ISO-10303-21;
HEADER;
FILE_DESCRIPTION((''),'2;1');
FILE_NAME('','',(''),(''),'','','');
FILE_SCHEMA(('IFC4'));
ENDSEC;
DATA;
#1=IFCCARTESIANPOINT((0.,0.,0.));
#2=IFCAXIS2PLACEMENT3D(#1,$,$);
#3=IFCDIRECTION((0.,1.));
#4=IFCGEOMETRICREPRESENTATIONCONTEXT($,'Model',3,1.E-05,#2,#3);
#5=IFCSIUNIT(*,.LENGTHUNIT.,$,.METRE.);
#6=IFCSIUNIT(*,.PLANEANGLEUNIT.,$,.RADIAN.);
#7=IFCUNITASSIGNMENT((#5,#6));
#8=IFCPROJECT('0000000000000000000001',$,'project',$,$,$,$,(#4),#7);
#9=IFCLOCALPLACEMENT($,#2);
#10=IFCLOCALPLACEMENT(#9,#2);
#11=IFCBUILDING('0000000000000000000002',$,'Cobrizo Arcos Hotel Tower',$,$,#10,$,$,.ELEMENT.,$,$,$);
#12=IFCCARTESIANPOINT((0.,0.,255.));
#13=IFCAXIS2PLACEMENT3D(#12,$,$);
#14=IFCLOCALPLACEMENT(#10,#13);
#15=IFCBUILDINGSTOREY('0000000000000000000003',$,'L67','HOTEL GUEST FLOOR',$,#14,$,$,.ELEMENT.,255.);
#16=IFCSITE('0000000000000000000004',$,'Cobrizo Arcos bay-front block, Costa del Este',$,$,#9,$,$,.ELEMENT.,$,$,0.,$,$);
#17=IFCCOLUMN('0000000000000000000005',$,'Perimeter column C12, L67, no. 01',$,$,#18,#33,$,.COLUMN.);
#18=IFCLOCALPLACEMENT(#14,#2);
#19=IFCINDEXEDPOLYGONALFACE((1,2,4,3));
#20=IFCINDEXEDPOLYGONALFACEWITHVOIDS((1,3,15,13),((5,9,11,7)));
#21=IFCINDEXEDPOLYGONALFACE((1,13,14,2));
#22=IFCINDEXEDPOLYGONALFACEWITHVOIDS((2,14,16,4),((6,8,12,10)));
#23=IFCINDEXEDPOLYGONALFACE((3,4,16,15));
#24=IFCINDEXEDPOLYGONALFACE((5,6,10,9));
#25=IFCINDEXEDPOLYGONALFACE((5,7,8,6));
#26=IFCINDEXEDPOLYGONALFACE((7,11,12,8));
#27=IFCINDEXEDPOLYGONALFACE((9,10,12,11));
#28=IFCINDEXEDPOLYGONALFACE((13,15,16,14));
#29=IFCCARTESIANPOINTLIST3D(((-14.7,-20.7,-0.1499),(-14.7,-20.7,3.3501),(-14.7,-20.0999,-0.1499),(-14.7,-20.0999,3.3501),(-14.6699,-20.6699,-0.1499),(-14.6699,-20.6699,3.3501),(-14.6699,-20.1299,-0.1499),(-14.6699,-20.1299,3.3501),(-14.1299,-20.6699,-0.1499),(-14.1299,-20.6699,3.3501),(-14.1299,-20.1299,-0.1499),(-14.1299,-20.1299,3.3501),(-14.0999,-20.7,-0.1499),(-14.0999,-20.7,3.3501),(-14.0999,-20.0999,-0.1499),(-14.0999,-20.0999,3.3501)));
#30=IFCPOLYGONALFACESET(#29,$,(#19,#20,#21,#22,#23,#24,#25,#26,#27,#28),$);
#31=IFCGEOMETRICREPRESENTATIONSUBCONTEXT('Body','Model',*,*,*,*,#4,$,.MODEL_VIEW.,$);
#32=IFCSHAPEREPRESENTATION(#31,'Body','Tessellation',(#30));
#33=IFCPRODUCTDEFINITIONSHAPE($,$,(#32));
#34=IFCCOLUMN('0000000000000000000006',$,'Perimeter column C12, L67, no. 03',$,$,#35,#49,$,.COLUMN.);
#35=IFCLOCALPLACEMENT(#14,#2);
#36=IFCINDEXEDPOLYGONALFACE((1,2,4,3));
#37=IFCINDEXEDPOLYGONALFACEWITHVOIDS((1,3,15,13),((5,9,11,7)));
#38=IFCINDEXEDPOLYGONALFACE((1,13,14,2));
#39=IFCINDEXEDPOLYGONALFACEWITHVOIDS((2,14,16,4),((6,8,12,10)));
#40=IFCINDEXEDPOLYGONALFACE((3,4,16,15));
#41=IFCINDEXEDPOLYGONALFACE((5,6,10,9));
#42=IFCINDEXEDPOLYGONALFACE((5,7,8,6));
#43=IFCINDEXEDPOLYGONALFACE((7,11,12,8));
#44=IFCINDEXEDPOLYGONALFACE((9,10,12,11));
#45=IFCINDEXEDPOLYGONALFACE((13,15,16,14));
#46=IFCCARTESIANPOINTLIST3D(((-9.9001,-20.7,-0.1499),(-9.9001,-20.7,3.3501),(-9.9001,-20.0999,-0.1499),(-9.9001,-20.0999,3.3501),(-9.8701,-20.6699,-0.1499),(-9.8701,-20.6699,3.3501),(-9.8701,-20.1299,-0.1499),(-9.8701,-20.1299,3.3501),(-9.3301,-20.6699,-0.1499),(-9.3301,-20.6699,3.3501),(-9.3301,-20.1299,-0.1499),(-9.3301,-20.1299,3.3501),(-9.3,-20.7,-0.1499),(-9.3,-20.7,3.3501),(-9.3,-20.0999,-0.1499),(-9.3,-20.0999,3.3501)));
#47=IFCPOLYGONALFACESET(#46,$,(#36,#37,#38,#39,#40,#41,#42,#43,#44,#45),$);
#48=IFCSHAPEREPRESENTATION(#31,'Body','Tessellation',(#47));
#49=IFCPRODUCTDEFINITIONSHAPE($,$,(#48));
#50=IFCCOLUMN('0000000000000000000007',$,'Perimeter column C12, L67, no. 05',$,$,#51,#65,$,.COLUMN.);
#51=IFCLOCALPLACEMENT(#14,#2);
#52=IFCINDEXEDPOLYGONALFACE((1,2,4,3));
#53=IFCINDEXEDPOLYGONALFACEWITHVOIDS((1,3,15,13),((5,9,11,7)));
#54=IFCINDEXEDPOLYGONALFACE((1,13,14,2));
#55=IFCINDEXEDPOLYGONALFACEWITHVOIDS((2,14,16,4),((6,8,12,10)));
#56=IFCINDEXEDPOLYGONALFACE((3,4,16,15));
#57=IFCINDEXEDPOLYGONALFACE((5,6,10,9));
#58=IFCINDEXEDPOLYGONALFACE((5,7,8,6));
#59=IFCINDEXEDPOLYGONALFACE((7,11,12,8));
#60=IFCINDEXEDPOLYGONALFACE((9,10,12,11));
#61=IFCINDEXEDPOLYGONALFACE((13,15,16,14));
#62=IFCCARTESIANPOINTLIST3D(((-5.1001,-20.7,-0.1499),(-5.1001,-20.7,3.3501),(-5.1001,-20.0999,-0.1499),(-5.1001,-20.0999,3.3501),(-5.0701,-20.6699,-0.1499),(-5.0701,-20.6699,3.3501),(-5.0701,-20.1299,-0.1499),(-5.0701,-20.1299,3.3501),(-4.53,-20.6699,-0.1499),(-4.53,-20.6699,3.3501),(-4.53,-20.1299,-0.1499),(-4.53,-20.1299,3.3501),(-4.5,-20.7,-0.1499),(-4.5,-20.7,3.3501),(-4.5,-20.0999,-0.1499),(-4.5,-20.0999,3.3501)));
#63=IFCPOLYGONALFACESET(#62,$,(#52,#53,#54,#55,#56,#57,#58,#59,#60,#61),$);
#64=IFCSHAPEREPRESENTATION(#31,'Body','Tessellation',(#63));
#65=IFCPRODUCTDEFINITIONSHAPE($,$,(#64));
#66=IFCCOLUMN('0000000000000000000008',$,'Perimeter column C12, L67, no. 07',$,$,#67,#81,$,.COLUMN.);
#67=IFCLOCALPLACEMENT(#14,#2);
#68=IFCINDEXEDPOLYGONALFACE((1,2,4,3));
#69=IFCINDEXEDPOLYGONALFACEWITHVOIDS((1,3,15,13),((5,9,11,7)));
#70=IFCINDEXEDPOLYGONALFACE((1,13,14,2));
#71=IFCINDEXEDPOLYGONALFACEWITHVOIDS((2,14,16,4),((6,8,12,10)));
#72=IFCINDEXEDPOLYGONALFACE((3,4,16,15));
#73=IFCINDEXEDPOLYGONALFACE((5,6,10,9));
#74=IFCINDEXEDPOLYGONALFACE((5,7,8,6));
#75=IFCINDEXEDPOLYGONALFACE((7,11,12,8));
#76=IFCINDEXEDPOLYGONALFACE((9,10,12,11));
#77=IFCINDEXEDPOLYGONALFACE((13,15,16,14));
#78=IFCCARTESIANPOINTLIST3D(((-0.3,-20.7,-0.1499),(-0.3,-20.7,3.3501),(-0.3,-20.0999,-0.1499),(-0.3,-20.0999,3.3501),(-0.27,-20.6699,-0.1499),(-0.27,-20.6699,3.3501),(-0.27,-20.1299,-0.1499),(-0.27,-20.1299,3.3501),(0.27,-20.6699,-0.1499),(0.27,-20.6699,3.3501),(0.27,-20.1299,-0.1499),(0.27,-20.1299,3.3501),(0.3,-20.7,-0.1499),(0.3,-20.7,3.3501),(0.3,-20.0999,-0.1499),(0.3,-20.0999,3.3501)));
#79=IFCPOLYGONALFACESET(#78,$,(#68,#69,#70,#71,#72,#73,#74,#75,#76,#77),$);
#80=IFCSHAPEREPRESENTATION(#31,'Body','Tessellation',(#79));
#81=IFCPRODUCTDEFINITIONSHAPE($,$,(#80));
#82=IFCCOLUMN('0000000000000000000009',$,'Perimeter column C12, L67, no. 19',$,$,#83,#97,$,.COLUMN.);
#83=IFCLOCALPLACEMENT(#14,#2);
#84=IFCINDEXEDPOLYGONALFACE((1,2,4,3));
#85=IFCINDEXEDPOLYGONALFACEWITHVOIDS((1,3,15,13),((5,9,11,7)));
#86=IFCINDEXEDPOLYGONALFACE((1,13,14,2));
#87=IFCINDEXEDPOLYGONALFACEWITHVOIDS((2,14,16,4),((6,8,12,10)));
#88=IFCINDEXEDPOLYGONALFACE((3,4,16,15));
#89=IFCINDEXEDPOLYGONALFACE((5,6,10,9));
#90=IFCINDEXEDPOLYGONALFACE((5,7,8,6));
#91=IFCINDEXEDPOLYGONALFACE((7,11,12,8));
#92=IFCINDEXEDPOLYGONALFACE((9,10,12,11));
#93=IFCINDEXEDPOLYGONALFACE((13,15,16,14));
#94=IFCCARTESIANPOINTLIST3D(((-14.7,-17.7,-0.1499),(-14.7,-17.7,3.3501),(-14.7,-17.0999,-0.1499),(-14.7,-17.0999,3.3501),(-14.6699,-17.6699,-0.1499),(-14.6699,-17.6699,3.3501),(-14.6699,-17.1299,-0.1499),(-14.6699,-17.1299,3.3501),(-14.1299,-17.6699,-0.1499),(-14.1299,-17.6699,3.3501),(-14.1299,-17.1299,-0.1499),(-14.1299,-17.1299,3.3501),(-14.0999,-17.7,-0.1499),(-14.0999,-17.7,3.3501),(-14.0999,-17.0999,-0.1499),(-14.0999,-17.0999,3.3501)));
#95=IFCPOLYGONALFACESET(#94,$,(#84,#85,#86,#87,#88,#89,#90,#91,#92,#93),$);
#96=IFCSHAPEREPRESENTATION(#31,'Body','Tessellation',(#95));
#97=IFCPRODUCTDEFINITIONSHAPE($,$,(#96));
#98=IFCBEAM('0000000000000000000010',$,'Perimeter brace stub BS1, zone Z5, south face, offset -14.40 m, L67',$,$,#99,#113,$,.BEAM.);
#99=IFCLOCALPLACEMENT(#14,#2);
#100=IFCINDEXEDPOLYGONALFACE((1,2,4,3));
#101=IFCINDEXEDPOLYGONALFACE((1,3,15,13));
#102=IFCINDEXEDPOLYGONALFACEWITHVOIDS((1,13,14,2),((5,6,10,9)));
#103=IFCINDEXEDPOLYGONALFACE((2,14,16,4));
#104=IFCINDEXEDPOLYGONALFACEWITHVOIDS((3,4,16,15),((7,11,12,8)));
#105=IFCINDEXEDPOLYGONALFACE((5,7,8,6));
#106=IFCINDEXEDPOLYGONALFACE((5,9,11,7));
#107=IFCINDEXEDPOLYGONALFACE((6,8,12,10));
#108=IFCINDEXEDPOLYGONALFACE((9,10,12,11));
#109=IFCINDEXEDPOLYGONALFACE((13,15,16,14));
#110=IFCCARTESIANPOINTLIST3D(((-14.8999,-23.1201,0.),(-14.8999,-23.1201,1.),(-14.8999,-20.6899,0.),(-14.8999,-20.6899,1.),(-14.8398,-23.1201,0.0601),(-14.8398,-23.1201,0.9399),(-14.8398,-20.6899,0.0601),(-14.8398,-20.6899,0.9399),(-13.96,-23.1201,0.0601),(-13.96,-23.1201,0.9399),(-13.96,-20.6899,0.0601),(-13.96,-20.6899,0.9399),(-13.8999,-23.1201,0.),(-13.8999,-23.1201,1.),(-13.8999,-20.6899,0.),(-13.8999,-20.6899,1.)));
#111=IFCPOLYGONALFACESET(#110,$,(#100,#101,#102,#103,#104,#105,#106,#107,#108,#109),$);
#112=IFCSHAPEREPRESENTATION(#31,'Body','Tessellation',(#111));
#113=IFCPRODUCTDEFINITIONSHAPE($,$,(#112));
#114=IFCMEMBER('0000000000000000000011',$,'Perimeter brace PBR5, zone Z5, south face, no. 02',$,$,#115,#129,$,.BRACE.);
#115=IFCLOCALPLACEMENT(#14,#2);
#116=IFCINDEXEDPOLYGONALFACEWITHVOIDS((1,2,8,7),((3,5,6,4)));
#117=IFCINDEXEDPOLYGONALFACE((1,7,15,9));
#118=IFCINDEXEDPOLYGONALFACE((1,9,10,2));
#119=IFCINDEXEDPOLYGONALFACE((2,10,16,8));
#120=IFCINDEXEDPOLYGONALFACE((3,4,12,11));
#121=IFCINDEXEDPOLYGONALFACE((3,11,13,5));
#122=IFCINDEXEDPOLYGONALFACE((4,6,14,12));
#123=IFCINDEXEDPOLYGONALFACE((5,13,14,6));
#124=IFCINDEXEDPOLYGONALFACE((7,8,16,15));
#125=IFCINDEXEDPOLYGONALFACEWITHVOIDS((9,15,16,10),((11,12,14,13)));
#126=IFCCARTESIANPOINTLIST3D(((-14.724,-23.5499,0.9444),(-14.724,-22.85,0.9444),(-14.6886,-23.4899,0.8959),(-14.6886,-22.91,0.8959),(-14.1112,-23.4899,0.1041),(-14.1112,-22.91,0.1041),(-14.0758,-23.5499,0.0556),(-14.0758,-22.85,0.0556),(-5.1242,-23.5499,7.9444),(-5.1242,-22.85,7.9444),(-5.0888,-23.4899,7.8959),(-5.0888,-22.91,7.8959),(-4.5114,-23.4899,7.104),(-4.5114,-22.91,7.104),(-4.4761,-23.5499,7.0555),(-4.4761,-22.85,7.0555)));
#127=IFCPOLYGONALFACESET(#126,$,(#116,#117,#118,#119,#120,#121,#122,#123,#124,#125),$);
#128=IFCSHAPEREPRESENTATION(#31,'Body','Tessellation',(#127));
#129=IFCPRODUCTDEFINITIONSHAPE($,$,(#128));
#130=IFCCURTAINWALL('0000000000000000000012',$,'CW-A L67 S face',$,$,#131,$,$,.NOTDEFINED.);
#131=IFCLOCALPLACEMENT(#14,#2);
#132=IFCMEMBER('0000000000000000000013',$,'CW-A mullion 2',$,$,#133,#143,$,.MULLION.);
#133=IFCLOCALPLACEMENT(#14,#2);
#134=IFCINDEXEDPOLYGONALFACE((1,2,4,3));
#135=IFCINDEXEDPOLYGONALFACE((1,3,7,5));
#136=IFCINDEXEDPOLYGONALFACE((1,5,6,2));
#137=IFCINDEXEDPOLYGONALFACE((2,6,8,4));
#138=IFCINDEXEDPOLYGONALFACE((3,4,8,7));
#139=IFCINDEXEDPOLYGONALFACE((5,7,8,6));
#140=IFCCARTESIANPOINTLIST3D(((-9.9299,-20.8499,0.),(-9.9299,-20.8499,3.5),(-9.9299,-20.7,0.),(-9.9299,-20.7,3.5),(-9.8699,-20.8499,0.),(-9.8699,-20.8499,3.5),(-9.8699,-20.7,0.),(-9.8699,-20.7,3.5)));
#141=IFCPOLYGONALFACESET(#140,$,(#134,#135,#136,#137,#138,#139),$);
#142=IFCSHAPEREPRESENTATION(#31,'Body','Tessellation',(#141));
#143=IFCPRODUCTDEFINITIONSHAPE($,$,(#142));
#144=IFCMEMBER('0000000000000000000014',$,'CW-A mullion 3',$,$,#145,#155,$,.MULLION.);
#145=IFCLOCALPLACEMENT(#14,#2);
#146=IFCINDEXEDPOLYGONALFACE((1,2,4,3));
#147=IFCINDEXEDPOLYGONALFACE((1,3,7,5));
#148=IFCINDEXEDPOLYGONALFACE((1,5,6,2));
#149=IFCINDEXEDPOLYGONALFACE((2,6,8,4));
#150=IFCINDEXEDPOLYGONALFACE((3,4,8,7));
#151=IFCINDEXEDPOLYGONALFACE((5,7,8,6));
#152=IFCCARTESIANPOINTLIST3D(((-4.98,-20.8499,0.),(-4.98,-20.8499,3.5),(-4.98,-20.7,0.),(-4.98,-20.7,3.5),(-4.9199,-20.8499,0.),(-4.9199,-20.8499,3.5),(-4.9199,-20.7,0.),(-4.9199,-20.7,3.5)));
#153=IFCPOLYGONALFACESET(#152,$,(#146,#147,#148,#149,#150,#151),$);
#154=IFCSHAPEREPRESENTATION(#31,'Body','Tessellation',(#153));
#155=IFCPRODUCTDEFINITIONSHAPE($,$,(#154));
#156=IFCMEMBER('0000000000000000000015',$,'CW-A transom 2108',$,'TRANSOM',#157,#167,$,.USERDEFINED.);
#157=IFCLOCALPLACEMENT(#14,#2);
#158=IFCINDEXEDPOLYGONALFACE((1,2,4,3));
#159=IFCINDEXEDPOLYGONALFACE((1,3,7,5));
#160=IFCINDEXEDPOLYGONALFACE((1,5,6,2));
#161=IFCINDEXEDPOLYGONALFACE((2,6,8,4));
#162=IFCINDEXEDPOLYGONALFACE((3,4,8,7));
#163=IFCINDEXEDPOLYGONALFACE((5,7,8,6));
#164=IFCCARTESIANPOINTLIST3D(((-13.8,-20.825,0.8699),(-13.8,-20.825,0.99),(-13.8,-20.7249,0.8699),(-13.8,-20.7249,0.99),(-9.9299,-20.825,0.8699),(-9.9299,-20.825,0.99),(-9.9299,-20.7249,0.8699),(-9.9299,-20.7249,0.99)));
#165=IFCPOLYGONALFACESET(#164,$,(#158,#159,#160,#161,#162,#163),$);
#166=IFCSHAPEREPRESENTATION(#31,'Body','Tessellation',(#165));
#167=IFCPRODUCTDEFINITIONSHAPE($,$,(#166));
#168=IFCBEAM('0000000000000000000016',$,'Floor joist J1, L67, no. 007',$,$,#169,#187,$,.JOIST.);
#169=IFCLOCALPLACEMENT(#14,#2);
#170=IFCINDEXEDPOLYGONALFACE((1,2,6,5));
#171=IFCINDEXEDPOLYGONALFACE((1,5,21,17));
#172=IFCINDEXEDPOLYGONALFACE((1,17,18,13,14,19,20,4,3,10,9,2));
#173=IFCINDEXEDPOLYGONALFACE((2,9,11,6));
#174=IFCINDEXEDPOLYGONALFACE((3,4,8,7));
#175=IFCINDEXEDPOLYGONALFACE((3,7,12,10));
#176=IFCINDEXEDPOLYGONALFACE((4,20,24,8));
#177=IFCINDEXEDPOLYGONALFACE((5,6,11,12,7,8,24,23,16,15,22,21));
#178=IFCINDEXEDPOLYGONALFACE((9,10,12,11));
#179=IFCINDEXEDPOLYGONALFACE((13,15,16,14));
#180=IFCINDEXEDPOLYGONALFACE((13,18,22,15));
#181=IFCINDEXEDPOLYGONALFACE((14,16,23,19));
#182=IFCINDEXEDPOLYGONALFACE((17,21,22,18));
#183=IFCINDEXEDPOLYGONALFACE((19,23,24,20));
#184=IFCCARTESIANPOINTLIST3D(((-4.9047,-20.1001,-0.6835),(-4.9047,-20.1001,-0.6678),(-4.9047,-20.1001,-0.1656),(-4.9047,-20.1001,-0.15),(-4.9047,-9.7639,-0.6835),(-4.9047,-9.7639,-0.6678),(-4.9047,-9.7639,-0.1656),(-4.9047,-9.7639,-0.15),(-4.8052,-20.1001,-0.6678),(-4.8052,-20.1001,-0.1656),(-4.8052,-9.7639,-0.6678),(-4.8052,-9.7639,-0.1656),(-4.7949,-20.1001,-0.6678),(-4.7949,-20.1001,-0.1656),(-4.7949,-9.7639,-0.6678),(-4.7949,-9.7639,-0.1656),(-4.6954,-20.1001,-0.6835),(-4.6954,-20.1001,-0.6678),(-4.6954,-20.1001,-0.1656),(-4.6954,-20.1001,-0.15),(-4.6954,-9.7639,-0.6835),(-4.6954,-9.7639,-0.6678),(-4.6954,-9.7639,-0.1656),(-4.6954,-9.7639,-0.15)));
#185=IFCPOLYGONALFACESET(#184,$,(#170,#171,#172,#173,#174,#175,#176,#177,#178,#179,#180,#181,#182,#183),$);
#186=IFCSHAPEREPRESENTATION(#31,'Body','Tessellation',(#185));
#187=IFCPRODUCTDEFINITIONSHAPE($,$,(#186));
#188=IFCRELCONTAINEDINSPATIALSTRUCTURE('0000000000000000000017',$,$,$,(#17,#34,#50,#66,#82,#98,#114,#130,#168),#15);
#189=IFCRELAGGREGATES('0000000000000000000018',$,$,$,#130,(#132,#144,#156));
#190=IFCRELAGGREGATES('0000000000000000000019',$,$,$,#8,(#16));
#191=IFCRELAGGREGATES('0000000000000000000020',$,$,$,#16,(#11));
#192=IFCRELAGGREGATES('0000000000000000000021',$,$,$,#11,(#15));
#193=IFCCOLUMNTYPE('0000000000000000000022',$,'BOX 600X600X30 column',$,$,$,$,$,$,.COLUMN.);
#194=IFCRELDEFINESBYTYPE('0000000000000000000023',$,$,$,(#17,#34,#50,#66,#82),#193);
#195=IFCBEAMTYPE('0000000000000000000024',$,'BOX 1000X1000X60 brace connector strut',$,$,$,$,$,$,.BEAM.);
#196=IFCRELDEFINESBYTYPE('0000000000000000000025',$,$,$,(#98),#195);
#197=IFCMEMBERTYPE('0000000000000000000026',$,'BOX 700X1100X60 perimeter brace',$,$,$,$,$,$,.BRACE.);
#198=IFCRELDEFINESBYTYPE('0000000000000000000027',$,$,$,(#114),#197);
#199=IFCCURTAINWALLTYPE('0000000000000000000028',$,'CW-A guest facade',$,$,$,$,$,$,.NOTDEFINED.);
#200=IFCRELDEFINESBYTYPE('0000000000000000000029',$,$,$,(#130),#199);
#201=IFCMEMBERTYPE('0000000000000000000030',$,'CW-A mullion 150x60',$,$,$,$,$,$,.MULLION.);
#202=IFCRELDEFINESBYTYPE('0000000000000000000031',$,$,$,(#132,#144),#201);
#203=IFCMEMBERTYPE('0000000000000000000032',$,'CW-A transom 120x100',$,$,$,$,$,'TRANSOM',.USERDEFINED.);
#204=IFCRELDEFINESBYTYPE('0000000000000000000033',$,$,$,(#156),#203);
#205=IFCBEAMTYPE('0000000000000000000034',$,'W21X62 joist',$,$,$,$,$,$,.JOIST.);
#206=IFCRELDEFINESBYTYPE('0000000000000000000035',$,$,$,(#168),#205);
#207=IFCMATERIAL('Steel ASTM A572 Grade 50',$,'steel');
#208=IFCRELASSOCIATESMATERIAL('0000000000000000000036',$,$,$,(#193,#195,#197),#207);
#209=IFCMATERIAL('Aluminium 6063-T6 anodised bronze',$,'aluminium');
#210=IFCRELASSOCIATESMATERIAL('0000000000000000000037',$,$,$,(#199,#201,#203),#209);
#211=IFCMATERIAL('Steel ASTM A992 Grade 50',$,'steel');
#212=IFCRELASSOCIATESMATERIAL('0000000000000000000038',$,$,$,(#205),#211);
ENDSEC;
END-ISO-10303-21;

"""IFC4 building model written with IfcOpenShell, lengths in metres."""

from ifc_helpers import new_model, si_unit, direction, frame, origin, origin_2d, place, context, subcontext, project, spatial, rectangle, hollow_rectangle, i_section, extrude, material, material_profile, profile_set, type_object, element, aggregate, save


model = new_model("IFC4")

# Units and contexts
model_context = context("Model", 3, precision=1e-05, world=origin(), true_north=direction((0.0, 1.0)))
body_context = subcontext(model_context, "Body", "Model", "MODEL_VIEW")
ifc_project = project(units=[si_unit("LENGTHUNIT", "METRE"), si_unit("PLANEANGLEUNIT", "RADIAN")], contexts=[model_context])

# Site, building, storey
site_placement = place(None, origin())
site = spatial("IfcSite", under=ifc_project, at=site_placement, Name="Cobrizo Arcos bay-front block, Costa del Este", CompositionType="ELEMENT", RefElevation=0.0)
building_placement = place(site_placement, origin())
building = spatial("IfcBuilding", under=site, at=building_placement, Name="Cobrizo Arcos Hotel Tower", CompositionType="ELEMENT")
storey_placement = place(building_placement, frame((0.0, 0.0, 255.0)))
storey = spatial("IfcBuildingStorey", under=building, at=storey_placement, Name="L67", Description="HOTEL GUEST FLOOR", CompositionType="ELEMENT", Elevation=255.0)

# Columns
ifc_material_1 = material(Name="Steel ASTM A572 Grade 50", Category="steel")
ifc_material_profile_1 = material_profile(ifc_material_1, hollow_rectangle(XDim=0.6001, YDim=0.6001, WallThickness=0.03, at=origin_2d()), Name="BOX 600X600X30")
ifc_profile_set_1 = profile_set([ifc_material_profile_1], Name="Steel ASTM A572 Grade 50")
column_type = type_object("IfcColumnType", Name="BOX 600X600X30 column", PredefinedType="COLUMN", material=ifc_profile_set_1)
for number, where, z_axis, x_axis, name in (
    (1, (-14.3999, -20.3999, -0.1499), (0.0, 0.0, 1.0), (1.0, 0.0, 0.0), "Perimeter column C12, L67, no. 01"),
    (2, (-9.6001, -20.3999, -0.1499), (0.0, 0.0, 1.0), (1.0, 0.0, 0.0), "Perimeter column C12, L67, no. 03"),
    (3, (-4.8, -20.3999, -0.1499), (0.0, 0.0, 1.0), (1.0, 0.0, 0.0), "Perimeter column C12, L67, no. 05"),
    (4, (0.0, -20.3999, -0.1499), (0.0, 0.0, 1.0), (1.0, 0.0, 0.0), "Perimeter column C12, L67, no. 07"),
    (5, (-14.3999, -17.3999, -0.1499), (0.0, 0.0, 1.0), (1.0, 0.0, 0.0), "Perimeter column C12, L67, no. 19"),
):
    element("IfcColumn", number, at=place(storey_placement, frame(where, z_axis=z_axis, x_axis=x_axis)), inside=storey, type_object=column_type, Name=name, PredefinedType="COLUMN", context=body_context, shape_type="SweptSolid", body=[
        extrude(hollow_rectangle(XDim=0.6001, YDim=0.6001, WallThickness=0.03, at=origin_2d()), origin(), (0.0, 0.0, 1.0), 3.5),
    ])

# Beam
ifc_material_profile_2 = material_profile(ifc_material_1, hollow_rectangle(XDim=1.0, YDim=1.0, WallThickness=0.0601, at=origin_2d()), Name="BOX 1000X1000X60")
ifc_profile_set_2 = profile_set([ifc_material_profile_2], Name="Steel ASTM A572 Grade 50")
beam_type_1 = type_object("IfcBeamType", Name="BOX 1000X1000X60 brace connector strut", PredefinedType="BEAM", material=ifc_profile_set_2)
beam_1_placement = place(storey_placement, frame((-14.3999, -20.6899, 0.5), z_axis=(0.0, -1.0, 0.0), x_axis=(1.0, 0.0, 0.0)))
element("IfcBeam", 6, at=beam_1_placement, inside=storey, type_object=beam_type_1, Name="Perimeter brace stub BS1, zone Z5, south face, offset -14.40 m, L67", PredefinedType="BEAM", context=body_context, shape_type="SweptSolid", body=[
    extrude(hollow_rectangle(XDim=1.0, YDim=1.0, WallThickness=0.0601, at=origin_2d()), origin(), (0.0, 0.0, 1.0), 2.4302),
])

# Member
ifc_material_profile_3 = material_profile(ifc_material_1, hollow_rectangle(XDim=0.7, YDim=1.1001, WallThickness=0.0601, at=origin_2d()), Name="BOX 700X1100X60")
ifc_profile_set_3 = profile_set([ifc_material_profile_3], Name="Steel ASTM A572 Grade 50")
member_type_1 = type_object("IfcMemberType", Name="BOX 700X1100X60 perimeter brace", PredefinedType="BRACE", material=ifc_profile_set_3)
member_1_placement = place(storey_placement, frame((-14.3999, -23.2, 0.5), z_axis=(0.808003, 0.0, 0.589178), x_axis=(0.0, 1.0, 0.0)))
element("IfcMember", 7, at=member_1_placement, inside=storey, type_object=member_type_1, Name="Perimeter brace PBR5, zone Z5, south face, no. 02", PredefinedType="BRACE", context=body_context, shape_type="SweptSolid", body=[
    extrude(hollow_rectangle(XDim=0.7, YDim=1.1001, WallThickness=0.0601, at=origin_2d()), origin(), (0.0, 0.0, 1.0), 11.8809),
])

# Curtain wall, members
ifc_material_2 = material(Name="Aluminium 6063-T6 anodised bronze", Category="aluminium")
curtain_wall_type = type_object("IfcCurtainWallType", Name="CW-A guest facade", PredefinedType="NOTDEFINED", material=ifc_material_2)
curtain_wall_1_placement = place(storey_placement, origin())
curtain_wall_1 = element("IfcCurtainWall", 8, at=curtain_wall_1_placement, inside=storey, type_object=curtain_wall_type, Name="CW-A L67 S face", PredefinedType="NOTDEFINED")
ifc_material_profile_4 = material_profile(ifc_material_2, rectangle(XDim=0.1499, YDim=0.0601, at=origin_2d()), Name="CW-A mullion 150x60")
ifc_profile_set_4 = profile_set([ifc_material_profile_4], Name="Aluminium 6063-T6 anodised bronze")
member_type_2 = type_object("IfcMemberType", Name="CW-A mullion 150x60", PredefinedType="MULLION", material=ifc_profile_set_4)
member_2_placement = place(storey_placement, frame((-9.8999, -20.7749, 0.0), z_axis=(0.0, 0.0, 1.0), x_axis=(0.0, -1.0, 0.0)))
member_2 = element("IfcMember", 9, at=member_2_placement, type_object=member_type_2, Name="CW-A mullion 2", PredefinedType="MULLION", context=body_context, shape_type="SweptSolid", body=[
    extrude(rectangle(XDim=0.1499, YDim=0.0601, at=origin_2d()), origin(), (0.0, 0.0, 1.0), 3.5),
])
member_3_placement = place(storey_placement, frame((-4.95, -20.7749, 0.0), z_axis=(0.0, 0.0, 1.0), x_axis=(0.0, -1.0, 0.0)))
member_3 = element("IfcMember", 10, at=member_3_placement, type_object=member_type_2, Name="CW-A mullion 3", PredefinedType="MULLION", context=body_context, shape_type="SweptSolid", body=[
    extrude(rectangle(XDim=0.1499, YDim=0.0601, at=origin_2d()), origin(), (0.0, 0.0, 1.0), 3.5),
])
ifc_material_profile_5 = material_profile(ifc_material_2, rectangle(XDim=0.1001, YDim=0.1201, at=origin_2d()), Name="CW-A transom 120x100")
ifc_profile_set_5 = profile_set([ifc_material_profile_5], Name="Aluminium 6063-T6 anodised bronze")
member_type_3 = type_object("IfcMemberType", Name="CW-A transom 120x100", ElementType="TRANSOM", PredefinedType="USERDEFINED", material=ifc_profile_set_5)
member_4_placement = place(storey_placement, frame((-13.8, -20.7749, 0.9299), z_axis=(1.0, 0.0, 0.0), x_axis=(0.0, 1.0, 0.0)))
member_4 = element("IfcMember", 11, at=member_4_placement, type_object=member_type_3, Name="CW-A transom 2108", ObjectType="TRANSOM", PredefinedType="USERDEFINED", context=body_context, shape_type="SweptSolid", body=[
    extrude(rectangle(XDim=0.1001, YDim=0.1201, at=origin_2d()), origin(), (0.0, 0.0, 1.0), 3.8701),
])

# Beam
ifc_material_3 = material(Name="Steel ASTM A992 Grade 50", Category="steel")
ifc_material_profile_6 = material_profile(ifc_material_3, i_section(OverallWidth=0.2092, OverallDepth=0.5334, WebThickness=0.0103, FlangeThickness=0.0156, at=origin_2d()), Name="W21X62")
ifc_profile_set_6 = profile_set([ifc_material_profile_6], Name="Steel ASTM A992 Grade 50")
beam_type_2 = type_object("IfcBeamType", Name="W21X62 joist", PredefinedType="JOIST", material=ifc_profile_set_6)
beam_2_placement = place(storey_placement, frame((-4.8, -20.1001, -0.4167), z_axis=(0.0, 1.0, 0.0), x_axis=(-1.0, 0.0, 0.0)))
element("IfcBeam", 12, at=beam_2_placement, inside=storey, type_object=beam_type_2, Name="Floor joist J1, L67, no. 007", PredefinedType="JOIST", context=body_context, shape_type="SweptSolid", body=[
    extrude(i_section(OverallWidth=0.2092, OverallDepth=0.5334, WebThickness=0.0103, FlangeThickness=0.0156, at=origin_2d()), origin(), (0.0, 0.0, 1.0), 10.3362),
])

aggregate(curtain_wall_1, [member_2, member_3, member_4])

save(model, "model.ifc")
